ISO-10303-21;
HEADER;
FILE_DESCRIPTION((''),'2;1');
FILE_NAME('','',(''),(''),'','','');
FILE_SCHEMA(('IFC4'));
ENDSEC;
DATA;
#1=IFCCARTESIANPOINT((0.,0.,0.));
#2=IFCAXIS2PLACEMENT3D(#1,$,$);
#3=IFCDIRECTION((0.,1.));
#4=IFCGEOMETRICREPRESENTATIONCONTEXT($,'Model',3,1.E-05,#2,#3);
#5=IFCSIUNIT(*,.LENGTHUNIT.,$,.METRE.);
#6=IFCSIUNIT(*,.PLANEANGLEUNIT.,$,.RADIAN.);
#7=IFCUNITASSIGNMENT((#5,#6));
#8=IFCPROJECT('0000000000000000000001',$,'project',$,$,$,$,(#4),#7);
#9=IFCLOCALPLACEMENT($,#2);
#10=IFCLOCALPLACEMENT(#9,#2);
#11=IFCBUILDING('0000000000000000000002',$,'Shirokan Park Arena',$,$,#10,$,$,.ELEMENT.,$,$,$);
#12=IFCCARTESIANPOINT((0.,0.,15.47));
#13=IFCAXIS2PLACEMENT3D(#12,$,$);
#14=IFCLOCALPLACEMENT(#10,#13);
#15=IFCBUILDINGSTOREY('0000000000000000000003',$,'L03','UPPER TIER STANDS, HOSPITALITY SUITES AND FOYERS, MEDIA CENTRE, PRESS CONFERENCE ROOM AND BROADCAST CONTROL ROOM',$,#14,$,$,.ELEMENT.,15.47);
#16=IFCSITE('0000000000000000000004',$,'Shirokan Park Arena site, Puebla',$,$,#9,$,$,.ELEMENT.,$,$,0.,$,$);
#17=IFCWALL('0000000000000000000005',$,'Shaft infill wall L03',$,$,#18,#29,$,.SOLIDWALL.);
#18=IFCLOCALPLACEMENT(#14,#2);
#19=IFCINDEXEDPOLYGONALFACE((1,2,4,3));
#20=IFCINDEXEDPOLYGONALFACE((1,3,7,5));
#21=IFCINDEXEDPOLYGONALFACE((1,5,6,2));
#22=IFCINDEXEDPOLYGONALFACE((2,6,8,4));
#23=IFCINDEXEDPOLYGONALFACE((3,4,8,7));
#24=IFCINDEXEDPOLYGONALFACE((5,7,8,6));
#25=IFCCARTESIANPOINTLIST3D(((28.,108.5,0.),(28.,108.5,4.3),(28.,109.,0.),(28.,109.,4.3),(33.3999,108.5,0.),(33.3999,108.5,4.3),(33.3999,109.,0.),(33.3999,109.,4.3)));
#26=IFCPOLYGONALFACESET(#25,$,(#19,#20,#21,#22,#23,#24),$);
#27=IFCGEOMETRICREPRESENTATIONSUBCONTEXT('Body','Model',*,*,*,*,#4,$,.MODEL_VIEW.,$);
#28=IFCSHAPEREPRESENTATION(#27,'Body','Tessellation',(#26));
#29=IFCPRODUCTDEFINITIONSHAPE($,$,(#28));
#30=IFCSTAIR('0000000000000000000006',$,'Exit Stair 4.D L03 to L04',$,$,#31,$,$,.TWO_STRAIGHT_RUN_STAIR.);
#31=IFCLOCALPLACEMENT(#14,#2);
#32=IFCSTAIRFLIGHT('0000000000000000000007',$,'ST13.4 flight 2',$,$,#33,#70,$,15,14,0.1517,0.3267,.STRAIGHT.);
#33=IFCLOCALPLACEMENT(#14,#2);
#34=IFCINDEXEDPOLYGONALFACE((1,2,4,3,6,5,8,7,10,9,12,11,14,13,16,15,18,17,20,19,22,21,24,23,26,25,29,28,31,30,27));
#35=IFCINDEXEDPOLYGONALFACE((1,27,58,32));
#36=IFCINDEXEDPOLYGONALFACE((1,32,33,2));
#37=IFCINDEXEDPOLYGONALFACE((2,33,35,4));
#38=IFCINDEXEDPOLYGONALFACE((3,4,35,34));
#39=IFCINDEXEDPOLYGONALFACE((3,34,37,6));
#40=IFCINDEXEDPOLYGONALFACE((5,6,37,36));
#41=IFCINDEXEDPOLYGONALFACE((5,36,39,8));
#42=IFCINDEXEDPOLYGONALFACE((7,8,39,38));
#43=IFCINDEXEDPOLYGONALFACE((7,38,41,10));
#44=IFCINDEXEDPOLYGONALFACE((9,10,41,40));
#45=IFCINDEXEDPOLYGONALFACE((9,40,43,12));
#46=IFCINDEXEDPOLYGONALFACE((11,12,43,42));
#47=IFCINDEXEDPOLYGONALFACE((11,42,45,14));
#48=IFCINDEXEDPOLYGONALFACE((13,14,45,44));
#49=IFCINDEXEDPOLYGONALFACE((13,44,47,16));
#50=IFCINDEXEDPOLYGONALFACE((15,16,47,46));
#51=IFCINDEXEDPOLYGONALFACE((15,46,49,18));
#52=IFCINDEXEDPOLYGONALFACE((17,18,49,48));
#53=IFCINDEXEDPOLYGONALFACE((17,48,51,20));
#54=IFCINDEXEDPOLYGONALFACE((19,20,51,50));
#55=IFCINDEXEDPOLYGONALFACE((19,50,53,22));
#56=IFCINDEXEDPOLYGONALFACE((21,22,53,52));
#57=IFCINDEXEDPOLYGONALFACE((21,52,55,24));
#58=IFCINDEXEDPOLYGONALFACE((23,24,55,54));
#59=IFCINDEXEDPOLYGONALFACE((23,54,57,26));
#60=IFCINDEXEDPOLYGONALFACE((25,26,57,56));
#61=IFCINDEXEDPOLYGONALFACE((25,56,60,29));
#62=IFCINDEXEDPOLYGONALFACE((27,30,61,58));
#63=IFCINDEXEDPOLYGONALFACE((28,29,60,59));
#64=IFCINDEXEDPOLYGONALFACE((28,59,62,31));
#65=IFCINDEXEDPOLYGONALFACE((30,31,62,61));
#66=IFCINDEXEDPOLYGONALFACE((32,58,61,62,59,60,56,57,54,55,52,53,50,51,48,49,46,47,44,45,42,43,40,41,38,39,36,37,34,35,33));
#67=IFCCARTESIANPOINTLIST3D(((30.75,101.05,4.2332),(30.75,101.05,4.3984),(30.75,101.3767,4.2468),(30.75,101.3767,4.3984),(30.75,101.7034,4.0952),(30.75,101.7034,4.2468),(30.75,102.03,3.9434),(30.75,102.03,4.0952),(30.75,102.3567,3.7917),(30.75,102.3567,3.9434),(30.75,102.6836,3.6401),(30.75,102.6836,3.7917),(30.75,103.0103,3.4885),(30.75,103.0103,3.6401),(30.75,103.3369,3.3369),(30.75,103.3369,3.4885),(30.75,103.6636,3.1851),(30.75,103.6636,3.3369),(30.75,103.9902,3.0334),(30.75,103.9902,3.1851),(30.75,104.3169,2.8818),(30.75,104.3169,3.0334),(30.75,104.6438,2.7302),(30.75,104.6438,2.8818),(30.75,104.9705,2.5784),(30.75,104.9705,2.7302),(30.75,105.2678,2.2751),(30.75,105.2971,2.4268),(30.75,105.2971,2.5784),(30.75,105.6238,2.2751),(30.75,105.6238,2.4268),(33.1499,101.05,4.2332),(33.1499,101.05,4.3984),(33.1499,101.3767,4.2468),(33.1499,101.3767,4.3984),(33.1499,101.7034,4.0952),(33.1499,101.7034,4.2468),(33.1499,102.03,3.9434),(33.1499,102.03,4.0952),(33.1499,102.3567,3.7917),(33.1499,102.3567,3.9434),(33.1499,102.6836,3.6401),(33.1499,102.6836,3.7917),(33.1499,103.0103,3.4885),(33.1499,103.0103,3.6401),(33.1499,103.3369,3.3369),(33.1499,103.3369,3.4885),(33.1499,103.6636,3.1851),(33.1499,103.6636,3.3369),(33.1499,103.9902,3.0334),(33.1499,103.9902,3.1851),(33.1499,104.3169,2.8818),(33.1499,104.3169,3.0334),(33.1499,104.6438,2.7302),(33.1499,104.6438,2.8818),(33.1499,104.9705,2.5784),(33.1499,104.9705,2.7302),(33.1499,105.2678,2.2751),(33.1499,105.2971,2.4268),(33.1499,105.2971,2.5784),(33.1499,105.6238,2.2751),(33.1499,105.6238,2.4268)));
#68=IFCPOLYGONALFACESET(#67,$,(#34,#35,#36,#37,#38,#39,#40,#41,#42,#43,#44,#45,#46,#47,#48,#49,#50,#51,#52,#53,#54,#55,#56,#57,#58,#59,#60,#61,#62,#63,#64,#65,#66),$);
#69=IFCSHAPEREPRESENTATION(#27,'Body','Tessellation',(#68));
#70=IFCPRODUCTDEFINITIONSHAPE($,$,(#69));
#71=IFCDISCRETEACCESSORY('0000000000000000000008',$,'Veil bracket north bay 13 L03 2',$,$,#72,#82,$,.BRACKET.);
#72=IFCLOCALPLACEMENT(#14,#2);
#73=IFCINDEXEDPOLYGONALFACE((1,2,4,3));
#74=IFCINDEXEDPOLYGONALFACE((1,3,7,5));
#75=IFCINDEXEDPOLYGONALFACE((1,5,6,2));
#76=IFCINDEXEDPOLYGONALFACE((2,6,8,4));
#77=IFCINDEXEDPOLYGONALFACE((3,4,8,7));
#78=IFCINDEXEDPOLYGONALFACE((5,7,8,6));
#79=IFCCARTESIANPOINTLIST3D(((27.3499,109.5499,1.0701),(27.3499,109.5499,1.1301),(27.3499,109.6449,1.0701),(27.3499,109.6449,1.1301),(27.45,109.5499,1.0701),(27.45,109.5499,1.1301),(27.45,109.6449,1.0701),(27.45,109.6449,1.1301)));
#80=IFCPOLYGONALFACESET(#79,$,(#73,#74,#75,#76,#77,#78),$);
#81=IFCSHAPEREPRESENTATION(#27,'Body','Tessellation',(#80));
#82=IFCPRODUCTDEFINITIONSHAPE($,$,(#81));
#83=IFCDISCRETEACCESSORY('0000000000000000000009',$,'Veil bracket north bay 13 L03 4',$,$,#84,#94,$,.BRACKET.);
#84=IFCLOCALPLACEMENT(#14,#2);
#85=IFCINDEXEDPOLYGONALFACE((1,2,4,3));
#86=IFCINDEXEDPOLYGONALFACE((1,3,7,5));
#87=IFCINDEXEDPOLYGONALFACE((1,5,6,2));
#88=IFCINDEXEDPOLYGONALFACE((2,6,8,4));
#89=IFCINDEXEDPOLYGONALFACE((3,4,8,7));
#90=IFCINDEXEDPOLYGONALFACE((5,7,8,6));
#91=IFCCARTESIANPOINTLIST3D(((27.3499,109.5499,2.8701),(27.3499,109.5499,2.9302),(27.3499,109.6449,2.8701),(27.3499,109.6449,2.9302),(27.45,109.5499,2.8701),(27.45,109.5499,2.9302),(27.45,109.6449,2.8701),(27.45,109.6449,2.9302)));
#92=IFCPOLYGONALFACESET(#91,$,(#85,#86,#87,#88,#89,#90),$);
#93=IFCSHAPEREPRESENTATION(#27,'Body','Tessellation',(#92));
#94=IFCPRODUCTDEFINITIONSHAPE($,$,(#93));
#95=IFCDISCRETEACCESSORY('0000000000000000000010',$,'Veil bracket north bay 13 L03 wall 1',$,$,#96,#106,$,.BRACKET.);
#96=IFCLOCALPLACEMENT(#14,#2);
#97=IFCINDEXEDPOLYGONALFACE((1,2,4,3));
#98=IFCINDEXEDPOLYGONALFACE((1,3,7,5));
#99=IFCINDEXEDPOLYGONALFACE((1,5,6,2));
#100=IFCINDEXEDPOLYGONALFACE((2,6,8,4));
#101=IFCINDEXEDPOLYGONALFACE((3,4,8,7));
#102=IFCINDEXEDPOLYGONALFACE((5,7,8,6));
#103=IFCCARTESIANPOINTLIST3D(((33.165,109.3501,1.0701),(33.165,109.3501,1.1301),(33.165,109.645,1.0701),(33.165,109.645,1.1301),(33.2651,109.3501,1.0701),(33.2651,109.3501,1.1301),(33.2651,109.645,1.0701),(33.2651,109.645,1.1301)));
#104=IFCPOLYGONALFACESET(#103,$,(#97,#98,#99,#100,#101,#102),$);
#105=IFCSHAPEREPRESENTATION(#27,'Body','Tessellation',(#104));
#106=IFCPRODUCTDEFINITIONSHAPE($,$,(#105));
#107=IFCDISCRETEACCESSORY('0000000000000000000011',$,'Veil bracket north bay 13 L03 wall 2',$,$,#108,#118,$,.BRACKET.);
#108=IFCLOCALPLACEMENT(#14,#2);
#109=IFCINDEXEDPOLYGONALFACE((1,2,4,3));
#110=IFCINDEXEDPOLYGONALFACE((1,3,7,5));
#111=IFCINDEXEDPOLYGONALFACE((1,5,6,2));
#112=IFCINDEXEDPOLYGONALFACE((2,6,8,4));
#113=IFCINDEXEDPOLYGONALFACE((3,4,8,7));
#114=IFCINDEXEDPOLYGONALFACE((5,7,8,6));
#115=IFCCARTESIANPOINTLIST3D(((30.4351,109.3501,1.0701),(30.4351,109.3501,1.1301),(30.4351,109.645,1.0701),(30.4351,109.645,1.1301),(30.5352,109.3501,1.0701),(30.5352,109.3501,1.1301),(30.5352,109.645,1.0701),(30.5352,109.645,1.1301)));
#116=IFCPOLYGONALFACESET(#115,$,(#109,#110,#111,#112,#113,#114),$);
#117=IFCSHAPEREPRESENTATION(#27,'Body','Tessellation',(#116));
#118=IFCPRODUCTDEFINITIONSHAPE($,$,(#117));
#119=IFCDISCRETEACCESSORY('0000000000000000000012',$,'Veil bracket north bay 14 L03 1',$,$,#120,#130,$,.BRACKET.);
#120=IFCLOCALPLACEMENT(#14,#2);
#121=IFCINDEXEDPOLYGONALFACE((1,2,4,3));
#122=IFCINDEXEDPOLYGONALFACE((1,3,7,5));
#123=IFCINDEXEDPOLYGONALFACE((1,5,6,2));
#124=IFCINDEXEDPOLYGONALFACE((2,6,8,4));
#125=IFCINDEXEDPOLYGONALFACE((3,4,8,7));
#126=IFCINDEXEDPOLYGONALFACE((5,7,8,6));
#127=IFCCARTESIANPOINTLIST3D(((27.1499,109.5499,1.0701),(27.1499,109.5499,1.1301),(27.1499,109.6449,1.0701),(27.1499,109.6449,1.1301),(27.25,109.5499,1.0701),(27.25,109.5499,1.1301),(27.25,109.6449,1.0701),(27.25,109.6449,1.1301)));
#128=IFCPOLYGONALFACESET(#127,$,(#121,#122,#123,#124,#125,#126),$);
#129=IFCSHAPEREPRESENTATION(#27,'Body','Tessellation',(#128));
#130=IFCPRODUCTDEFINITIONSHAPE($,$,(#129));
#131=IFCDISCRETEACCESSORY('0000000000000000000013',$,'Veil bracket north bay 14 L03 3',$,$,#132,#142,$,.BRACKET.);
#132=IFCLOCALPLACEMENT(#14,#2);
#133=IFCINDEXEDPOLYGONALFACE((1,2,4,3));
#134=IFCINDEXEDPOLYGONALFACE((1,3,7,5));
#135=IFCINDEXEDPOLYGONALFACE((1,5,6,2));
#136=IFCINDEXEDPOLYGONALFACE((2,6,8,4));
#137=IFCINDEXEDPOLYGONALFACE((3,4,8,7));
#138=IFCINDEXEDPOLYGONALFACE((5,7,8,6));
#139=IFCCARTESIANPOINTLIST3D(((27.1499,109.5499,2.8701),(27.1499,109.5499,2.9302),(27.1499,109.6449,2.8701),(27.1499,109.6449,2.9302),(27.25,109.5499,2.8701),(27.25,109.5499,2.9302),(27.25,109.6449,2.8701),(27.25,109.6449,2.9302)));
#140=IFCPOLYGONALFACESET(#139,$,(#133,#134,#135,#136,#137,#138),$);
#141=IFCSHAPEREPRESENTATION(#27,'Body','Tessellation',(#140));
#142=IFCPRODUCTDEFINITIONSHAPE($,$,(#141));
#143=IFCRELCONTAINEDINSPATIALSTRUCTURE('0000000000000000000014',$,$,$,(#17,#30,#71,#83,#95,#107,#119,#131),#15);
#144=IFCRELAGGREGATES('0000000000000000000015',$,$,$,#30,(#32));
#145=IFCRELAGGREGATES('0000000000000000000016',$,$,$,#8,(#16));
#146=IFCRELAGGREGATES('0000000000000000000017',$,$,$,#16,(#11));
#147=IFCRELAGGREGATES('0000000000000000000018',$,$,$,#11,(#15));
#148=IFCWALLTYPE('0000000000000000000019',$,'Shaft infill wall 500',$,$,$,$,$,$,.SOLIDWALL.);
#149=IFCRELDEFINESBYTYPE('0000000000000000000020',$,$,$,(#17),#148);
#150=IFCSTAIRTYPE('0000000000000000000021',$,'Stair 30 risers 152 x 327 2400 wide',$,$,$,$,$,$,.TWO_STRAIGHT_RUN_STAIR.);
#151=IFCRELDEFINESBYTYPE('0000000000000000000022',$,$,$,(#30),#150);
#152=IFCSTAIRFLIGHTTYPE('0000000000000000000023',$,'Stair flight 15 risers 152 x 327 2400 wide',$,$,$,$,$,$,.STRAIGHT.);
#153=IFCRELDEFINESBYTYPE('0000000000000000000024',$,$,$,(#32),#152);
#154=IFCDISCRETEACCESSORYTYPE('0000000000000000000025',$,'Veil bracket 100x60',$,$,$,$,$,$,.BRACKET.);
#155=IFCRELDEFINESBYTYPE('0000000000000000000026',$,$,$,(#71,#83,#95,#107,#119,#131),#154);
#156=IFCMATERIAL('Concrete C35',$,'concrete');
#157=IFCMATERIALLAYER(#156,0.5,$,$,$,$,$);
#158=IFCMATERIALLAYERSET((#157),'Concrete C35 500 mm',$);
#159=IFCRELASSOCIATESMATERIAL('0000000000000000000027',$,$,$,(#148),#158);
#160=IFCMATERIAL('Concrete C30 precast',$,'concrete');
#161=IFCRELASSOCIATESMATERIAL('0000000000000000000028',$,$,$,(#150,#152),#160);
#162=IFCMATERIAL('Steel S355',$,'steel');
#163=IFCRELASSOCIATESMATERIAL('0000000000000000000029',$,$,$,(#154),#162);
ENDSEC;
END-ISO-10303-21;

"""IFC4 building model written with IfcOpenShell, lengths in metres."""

from ifc_helpers import new_model, si_unit, direction, frame, frame_2d, origin, origin_2d, place, context, subcontext, project, spatial, polyline, rectangle, outline, extrude, material, layer, layer_set, type_object, element, aggregate, save


model = new_model("IFC4")

# Units and contexts
model_context = context("Model", 3, precision=1e-05, world=origin(), true_north=direction((0.0, 1.0)))
body_context = subcontext(model_context, "Body", "Model", "MODEL_VIEW")
ifc_project = project(units=[si_unit("LENGTHUNIT", "METRE"), si_unit("PLANEANGLEUNIT", "RADIAN")], contexts=[model_context])

# Site, building, storey
site_placement = place(None, origin())
site = spatial("IfcSite", under=ifc_project, at=site_placement, Name="Shirokan Park Arena site, Puebla", CompositionType="ELEMENT", RefElevation=0.0)
building_placement = place(site_placement, origin())
building = spatial("IfcBuilding", under=site, at=building_placement, Name="Shirokan Park Arena", CompositionType="ELEMENT")
storey_placement = place(building_placement, frame((0.0, 0.0, 15.47)))
storey = spatial("IfcBuildingStorey", under=building, at=storey_placement, Name="L03", Description="UPPER TIER STANDS, HOSPITALITY SUITES AND FOYERS, MEDIA CENTRE, PRESS CONFERENCE ROOM AND BROADCAST CONTROL ROOM", CompositionType="ELEMENT", Elevation=15.47)

# Shared definitions
ifc_material_1 = material(Name="Concrete C35", Category="concrete")

# Shared definitions
ifc_material_2 = material(Name="Steel S355", Category="steel")

# Wall
ifc_layer_1 = layer(ifc_material_1, 0.5)
ifc_layer_set_1 = layer_set([ifc_layer_1], Name="Concrete C35 500 mm")
wall_type_1 = type_object("IfcWallType", Name="Shaft infill wall 500", PredefinedType="SOLIDWALL", material=ifc_layer_set_1)
wall_1_placement = place(storey_placement, frame((28.0, 108.75, 0.0), z_axis=(0.0, 0.0, 1.0), x_axis=(1.0, 0.0, 0.0)))
element("IfcWall", 1, at=wall_1_placement, inside=storey, type_object=wall_type_1, Name="Shaft infill wall L03", PredefinedType="SOLIDWALL", context=body_context, shape_type="SweptSolid", body=[
    extrude(rectangle(XDim=5.3999, YDim=0.5, at=frame_2d((2.7, 0.0))), origin(), (0.0, 0.0, 1.0), 4.3),
])

# Stair, stair flight
ifc_material_3 = material(Name="Concrete C30 precast", Category="concrete")
stair_type = type_object("IfcStairType", Name="Stair 30 risers 152 x 327 2400 wide", PredefinedType="TWO_STRAIGHT_RUN_STAIR", material=ifc_material_3)
stair_placement = place(storey_placement, origin())
stair = element("IfcStair", 2, at=stair_placement, inside=storey, type_object=stair_type, Name="Exit Stair 4.D L03 to L04", PredefinedType="TWO_STRAIGHT_RUN_STAIR")
stair_flight_type = type_object("IfcStairFlightType", Name="Stair flight 15 risers 152 x 327 2400 wide", PredefinedType="STRAIGHT", material=ifc_material_3)
stair_flight_placement = place(storey_placement, frame((31.95, 105.6238, 2.2751), z_axis=(0.0, 0.0, 1.0), x_axis=(0.0, -1.0, 0.0)))
stair_flight = element("IfcStairFlight", 3, at=stair_flight_placement, type_object=stair_flight_type, Name="ST13.4 flight 2", NumberOfRisers=15, NumberOfTreads=14, PredefinedType="STRAIGHT", RiserHeight=0.1517, TreadLength=0.3267, context=body_context, shape_type="SweptSolid", body=[
    extrude(outline(polyline([(0.0, 0.0), (0.0, 0.1516), (0.3267, 0.1516), (0.3267, 0.3032), (0.6533, 0.3032), (0.6533, 0.4551), (0.98, 0.4551), (0.98, 0.6067), (1.3069, 0.6067), (1.3069, 0.7583), (1.6335, 0.7583), (1.6335, 0.9099), (1.9602, 0.9099), (1.9602, 1.0618), (2.2869, 1.0618), (2.2869, 1.2134), (2.6135, 1.2134), (2.6135, 1.365), (2.9402, 1.365), (2.9402, 1.5166), (3.2671, 1.5166), (3.2671, 1.6682), (3.5938, 1.6682), (3.5938, 1.8201), (3.9204, 1.8201), (3.9204, 1.9717), (4.2471, 1.9717), (4.2471, 2.1233), (4.5737, 2.1233), (4.5737, 2.2749), (4.5737, 1.958), (0.356, 0.0), (0.0, 0.0)])), frame((0.0, 1.2, 0.0), z_axis=(0.0, -1.0, 0.0), x_axis=(1.0, 0.0, 0.0)), (0.0, 0.0, 1.0), 2.3999),
])
aggregate(stair, [stair_flight])

# Discrete accessories
discrete_accessory_type = type_object("IfcDiscreteAccessoryType", Name="Veil bracket 100x60", PredefinedType="BRACKET", material=ifc_material_2)
for number, where, z_axis, x_axis, name in (
    (4, (27.3999, 109.5974, 1.0701), (0.0, 0.0, 1.0), (-1.0, 0.0, 0.0), "Veil bracket north bay 13 L03 2"),
    (5, (27.3999, 109.5974, 2.8701), (0.0, 0.0, 1.0), (-1.0, 0.0, 0.0), "Veil bracket north bay 13 L03 4"),
):
    element("IfcDiscreteAccessory", number, at=place(storey_placement, frame(where, z_axis=z_axis, x_axis=x_axis)), inside=storey, type_object=discrete_accessory_type, Name=name, PredefinedType="BRACKET", context=body_context, shape_type="SweptSolid", body=[
        extrude(rectangle(XDim=0.1001, YDim=0.095, at=origin_2d()), origin(), (0.0, 0.0, 1.0), 0.0601),
    ])
for number, where, z_axis, x_axis, name in (
    (6, (33.2151, 109.4976, 1.0701), (0.0, 0.0, 1.0), (-1.0, 0.0, 0.0), "Veil bracket north bay 13 L03 wall 1"),
    (7, (30.4851, 109.4976, 1.0701), (0.0, 0.0, 1.0), (-1.0, 0.0, 0.0), "Veil bracket north bay 13 L03 wall 2"),
):
    element("IfcDiscreteAccessory", number, at=place(storey_placement, frame(where, z_axis=z_axis, x_axis=x_axis)), inside=storey, type_object=discrete_accessory_type, Name=name, PredefinedType="BRACKET", context=body_context, shape_type="SweptSolid", body=[
        extrude(rectangle(XDim=0.1001, YDim=0.2949, at=origin_2d()), origin(), (0.0, 0.0, 1.0), 0.0601),
    ])
for number, where, z_axis, x_axis, name in (
    (8, (27.2, 109.5974, 1.0701), (0.0, 0.0, 1.0), (-1.0, 0.0, 0.0), "Veil bracket north bay 14 L03 1"),
    (9, (27.2, 109.5974, 2.8701), (0.0, 0.0, 1.0), (-1.0, 0.0, 0.0), "Veil bracket north bay 14 L03 3"),
):
    element("IfcDiscreteAccessory", number, at=place(storey_placement, frame(where, z_axis=z_axis, x_axis=x_axis)), inside=storey, type_object=discrete_accessory_type, Name=name, PredefinedType="BRACKET", context=body_context, shape_type="SweptSolid", body=[
        extrude(rectangle(XDim=0.1001, YDim=0.095, at=origin_2d()), origin(), (0.0, 0.0, 1.0), 0.0601),
    ])

save(model, "model.ifc")
